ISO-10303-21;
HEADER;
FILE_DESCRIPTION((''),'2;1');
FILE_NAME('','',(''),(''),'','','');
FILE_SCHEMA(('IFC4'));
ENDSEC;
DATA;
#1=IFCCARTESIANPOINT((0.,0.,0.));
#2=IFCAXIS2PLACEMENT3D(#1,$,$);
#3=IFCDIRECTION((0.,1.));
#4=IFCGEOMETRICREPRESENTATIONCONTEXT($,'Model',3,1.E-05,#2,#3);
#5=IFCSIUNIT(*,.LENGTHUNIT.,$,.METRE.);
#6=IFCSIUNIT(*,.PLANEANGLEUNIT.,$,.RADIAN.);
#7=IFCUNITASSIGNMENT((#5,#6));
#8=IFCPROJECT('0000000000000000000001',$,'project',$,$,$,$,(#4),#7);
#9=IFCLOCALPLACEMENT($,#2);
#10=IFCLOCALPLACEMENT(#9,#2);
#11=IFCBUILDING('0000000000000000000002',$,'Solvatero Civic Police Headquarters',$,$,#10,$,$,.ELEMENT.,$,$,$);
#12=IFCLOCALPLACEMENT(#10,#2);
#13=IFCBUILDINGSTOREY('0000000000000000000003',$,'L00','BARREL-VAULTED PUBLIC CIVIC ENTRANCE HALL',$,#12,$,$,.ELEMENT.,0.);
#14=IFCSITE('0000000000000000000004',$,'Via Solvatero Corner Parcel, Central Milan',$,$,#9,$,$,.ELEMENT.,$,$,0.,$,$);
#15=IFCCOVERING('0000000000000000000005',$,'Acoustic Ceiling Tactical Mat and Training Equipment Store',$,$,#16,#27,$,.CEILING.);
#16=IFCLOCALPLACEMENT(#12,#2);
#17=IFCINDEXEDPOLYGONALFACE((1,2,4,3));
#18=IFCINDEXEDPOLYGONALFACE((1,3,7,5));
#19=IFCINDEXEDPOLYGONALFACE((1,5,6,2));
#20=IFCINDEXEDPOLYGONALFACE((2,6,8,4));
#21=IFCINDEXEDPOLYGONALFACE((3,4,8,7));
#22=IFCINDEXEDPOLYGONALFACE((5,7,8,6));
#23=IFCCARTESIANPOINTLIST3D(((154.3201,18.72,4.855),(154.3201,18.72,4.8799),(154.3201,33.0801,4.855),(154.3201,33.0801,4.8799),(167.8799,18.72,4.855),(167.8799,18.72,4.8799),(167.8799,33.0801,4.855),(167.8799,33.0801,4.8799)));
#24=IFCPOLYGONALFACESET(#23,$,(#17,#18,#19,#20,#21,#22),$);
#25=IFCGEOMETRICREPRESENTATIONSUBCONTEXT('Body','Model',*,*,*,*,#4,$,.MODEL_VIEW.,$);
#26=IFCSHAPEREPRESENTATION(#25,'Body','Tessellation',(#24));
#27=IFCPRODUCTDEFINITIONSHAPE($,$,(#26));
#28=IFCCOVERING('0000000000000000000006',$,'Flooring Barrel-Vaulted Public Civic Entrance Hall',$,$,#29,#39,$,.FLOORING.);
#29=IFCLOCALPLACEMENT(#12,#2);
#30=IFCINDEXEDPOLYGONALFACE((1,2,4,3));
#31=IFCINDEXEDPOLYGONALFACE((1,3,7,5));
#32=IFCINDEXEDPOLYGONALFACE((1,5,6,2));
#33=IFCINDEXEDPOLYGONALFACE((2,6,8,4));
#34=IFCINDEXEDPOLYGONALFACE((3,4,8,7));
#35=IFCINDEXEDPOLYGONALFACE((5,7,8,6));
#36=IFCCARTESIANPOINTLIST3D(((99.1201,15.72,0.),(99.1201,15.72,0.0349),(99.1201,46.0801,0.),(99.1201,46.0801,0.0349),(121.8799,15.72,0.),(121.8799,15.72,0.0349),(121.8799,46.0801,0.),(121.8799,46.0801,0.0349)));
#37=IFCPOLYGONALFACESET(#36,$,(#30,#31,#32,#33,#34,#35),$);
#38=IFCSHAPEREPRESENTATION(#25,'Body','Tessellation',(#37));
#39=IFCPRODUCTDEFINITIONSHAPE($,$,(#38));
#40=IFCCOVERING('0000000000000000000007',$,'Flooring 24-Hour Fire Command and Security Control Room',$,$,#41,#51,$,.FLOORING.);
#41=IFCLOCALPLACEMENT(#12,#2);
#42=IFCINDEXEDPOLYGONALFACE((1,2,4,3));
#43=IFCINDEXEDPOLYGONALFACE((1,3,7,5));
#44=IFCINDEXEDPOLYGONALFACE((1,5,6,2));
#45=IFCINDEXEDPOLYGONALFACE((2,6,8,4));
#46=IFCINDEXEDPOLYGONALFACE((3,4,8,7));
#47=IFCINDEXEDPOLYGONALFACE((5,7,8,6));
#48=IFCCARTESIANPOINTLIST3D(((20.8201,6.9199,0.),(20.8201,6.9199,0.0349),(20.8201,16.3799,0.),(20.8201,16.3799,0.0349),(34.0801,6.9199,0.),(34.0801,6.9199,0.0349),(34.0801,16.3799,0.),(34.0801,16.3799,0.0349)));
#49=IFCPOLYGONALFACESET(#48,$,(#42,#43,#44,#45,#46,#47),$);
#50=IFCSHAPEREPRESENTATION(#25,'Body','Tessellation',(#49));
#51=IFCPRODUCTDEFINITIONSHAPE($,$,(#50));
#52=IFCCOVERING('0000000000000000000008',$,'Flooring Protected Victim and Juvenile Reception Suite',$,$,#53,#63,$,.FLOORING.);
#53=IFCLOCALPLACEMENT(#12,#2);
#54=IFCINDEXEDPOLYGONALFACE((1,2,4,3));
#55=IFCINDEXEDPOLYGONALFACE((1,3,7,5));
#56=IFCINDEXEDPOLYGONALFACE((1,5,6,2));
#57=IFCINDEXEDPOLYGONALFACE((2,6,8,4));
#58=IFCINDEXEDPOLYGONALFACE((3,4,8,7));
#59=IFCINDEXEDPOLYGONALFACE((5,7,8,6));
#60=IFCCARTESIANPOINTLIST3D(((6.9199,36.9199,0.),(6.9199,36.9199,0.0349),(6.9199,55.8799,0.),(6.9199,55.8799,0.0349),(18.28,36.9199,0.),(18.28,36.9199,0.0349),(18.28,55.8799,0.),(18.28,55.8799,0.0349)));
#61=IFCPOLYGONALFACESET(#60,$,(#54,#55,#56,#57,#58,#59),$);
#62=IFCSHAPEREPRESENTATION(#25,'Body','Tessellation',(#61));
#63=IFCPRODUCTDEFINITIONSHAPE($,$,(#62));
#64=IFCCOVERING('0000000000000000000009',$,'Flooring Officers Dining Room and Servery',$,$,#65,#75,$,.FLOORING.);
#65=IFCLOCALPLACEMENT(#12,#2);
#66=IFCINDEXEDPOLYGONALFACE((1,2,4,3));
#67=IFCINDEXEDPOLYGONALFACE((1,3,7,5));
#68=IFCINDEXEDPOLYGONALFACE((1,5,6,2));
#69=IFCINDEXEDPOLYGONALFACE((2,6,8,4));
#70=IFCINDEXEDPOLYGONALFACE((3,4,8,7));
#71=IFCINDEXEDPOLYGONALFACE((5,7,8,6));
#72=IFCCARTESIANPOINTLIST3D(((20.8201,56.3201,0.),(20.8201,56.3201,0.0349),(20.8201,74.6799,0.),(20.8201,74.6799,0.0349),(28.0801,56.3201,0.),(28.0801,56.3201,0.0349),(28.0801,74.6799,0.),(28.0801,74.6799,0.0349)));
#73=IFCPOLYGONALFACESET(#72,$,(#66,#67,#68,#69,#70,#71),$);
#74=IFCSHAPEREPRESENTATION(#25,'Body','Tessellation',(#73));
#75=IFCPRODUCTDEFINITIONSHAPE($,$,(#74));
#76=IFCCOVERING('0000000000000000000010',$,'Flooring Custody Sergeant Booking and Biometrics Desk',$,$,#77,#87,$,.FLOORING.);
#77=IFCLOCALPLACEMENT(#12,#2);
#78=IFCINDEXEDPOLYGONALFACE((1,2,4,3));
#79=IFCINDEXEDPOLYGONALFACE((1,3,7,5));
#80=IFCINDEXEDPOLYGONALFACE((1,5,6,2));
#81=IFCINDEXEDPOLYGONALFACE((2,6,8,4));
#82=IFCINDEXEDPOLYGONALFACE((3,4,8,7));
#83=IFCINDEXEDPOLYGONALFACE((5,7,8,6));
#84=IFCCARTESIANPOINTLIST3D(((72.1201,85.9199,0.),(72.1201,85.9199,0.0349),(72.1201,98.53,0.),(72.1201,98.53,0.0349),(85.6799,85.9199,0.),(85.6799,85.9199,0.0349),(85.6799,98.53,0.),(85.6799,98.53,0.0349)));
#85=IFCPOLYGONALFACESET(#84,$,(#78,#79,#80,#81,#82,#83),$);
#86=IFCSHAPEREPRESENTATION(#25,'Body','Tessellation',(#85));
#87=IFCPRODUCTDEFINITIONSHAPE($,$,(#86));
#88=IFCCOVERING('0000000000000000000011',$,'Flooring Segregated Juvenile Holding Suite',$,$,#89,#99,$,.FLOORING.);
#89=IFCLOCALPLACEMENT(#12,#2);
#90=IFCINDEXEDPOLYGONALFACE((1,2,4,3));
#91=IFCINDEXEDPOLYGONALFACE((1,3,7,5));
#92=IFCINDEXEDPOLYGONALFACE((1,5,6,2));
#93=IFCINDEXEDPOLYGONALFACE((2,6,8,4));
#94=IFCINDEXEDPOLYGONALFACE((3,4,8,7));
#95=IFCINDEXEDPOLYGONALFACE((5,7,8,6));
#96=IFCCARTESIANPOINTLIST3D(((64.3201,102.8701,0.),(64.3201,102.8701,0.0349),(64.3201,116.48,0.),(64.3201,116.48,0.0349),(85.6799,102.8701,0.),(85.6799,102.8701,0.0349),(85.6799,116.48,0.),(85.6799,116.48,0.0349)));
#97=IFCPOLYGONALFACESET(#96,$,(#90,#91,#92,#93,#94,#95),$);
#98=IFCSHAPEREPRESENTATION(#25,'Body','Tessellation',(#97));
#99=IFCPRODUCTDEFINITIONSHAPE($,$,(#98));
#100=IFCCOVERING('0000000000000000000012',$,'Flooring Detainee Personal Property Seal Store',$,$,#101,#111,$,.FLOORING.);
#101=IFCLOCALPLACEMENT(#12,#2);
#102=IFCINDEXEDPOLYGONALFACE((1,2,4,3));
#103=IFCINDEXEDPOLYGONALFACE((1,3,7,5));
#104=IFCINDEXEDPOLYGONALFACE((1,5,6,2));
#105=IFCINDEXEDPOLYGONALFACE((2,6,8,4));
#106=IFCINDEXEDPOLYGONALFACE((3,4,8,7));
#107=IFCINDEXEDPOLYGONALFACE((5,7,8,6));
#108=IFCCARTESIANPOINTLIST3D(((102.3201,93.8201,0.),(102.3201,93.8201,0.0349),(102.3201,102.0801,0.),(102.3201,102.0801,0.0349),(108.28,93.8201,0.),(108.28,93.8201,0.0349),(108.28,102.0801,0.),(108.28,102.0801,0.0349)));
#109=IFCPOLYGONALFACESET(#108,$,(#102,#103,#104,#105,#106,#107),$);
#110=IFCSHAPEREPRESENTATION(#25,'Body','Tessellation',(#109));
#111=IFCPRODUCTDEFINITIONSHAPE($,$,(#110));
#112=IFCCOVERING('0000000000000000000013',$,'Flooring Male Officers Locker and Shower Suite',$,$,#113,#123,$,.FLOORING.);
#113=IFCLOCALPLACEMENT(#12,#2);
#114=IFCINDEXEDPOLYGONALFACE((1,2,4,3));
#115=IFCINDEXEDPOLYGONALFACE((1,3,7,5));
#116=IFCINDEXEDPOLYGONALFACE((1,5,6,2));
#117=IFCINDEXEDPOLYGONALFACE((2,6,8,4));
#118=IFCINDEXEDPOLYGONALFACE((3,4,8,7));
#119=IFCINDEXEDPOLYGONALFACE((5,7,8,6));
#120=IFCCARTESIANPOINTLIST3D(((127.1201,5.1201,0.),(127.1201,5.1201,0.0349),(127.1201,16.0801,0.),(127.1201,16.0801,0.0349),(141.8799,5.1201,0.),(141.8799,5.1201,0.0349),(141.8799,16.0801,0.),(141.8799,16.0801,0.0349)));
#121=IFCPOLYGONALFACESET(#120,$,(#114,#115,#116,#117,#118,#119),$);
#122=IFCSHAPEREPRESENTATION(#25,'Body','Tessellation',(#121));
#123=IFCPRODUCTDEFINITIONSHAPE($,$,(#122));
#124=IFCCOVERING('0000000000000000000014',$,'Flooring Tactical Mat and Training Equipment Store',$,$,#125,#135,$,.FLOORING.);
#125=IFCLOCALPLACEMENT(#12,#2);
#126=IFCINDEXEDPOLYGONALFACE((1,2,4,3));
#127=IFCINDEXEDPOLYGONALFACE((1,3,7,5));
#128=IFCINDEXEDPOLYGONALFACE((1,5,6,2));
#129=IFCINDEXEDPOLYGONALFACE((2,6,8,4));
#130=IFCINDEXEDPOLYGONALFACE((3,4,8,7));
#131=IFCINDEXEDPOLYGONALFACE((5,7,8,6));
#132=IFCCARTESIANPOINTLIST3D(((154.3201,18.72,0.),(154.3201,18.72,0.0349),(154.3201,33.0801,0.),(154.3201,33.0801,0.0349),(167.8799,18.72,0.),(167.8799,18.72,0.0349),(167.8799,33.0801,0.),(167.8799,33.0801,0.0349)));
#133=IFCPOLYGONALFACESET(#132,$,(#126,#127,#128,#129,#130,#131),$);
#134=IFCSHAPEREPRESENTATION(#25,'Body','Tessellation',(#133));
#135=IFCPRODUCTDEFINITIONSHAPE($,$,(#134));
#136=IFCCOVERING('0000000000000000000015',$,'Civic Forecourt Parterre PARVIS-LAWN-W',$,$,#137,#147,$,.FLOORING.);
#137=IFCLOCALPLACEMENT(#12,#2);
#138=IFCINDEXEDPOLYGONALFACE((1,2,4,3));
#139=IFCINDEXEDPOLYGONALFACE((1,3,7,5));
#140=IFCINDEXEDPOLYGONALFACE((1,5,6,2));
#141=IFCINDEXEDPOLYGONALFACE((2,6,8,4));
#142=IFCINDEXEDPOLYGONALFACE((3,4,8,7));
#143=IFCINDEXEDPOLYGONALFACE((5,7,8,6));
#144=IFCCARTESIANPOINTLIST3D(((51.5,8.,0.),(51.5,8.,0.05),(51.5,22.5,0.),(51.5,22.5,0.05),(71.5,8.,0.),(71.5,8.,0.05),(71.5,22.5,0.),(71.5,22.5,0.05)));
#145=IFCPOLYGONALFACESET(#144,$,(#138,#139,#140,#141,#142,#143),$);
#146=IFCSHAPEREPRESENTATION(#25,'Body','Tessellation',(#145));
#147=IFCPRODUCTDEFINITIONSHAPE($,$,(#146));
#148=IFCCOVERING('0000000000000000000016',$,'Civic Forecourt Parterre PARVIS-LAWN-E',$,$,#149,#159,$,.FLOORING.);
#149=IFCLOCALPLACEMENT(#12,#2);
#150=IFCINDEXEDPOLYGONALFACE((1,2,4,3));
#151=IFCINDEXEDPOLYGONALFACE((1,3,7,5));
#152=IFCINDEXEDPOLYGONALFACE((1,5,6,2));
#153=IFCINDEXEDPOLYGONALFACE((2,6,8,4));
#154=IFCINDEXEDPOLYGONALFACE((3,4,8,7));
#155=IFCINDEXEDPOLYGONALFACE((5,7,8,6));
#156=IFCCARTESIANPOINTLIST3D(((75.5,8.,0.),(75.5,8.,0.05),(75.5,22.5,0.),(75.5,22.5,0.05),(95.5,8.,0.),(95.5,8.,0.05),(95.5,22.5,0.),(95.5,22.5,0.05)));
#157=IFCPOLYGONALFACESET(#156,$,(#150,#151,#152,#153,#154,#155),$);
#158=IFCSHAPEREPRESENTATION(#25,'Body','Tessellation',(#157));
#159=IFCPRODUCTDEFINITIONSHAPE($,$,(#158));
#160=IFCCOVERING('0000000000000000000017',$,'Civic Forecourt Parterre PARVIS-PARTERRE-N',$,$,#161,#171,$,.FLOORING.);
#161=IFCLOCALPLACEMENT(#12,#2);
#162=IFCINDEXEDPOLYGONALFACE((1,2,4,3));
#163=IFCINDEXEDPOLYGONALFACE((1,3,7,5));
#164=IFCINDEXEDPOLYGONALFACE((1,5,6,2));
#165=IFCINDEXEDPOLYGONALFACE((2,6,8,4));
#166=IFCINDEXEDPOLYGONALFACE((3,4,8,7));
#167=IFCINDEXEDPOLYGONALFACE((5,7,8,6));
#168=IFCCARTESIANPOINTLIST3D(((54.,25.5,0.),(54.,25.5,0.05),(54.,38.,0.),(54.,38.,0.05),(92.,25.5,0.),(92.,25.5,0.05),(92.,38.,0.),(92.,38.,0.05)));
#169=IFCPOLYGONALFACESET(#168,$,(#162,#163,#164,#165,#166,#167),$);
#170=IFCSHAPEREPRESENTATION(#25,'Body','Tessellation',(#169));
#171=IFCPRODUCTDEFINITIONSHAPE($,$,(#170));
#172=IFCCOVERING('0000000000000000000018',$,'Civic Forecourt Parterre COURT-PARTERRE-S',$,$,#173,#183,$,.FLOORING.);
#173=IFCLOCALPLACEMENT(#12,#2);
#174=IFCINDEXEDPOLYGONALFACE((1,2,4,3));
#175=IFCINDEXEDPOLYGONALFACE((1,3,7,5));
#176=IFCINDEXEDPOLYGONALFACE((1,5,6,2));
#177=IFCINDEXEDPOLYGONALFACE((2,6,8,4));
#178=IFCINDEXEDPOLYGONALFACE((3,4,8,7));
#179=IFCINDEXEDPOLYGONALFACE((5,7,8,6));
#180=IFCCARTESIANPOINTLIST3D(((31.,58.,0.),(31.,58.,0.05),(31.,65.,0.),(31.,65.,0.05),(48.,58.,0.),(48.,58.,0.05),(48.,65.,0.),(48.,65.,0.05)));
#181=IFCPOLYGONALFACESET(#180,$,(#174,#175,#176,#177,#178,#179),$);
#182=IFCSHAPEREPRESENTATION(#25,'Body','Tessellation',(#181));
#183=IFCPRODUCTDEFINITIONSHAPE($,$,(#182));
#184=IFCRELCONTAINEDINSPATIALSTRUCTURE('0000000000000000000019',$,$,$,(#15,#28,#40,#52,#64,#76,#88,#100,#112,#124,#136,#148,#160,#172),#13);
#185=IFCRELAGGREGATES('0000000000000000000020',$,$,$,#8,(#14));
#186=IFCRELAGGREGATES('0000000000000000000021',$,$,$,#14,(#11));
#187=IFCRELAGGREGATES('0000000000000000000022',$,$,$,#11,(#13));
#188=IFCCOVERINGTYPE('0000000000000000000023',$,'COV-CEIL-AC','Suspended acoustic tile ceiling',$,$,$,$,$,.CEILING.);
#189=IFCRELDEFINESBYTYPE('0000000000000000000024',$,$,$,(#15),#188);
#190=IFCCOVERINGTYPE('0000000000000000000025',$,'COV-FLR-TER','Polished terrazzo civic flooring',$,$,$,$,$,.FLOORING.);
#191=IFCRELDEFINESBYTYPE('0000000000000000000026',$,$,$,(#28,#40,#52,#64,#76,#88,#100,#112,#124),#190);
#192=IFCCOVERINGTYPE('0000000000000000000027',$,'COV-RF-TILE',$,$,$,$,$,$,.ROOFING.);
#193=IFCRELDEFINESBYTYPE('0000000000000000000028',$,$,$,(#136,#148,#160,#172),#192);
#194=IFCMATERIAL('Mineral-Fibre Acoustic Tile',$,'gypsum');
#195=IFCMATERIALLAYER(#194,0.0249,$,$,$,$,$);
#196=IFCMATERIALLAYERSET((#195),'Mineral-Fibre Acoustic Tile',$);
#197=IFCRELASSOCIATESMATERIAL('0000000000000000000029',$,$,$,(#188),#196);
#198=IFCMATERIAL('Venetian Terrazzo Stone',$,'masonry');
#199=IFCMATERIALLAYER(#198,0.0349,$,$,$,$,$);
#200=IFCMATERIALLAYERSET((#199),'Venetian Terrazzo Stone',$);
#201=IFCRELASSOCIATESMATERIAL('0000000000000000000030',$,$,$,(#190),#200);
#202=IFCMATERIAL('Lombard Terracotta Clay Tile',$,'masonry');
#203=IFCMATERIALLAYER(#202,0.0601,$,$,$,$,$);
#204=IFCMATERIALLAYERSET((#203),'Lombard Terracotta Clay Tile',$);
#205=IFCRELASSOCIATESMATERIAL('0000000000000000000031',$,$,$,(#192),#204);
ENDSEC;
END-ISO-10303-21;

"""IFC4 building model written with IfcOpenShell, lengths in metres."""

from ifc_helpers import new_model, si_unit, direction, frame, origin, place, context, subcontext, project, spatial, polyline, outline, extrude, material, layer, layer_set, type_object, element, save


model = new_model("IFC4")

# Units and contexts
model_context = context("Model", 3, precision=1e-05, world=origin(), true_north=direction((0.0, 1.0)))
body_context = subcontext(model_context, "Body", "Model", "MODEL_VIEW")
ifc_project = project(units=[si_unit("LENGTHUNIT", "METRE"), si_unit("PLANEANGLEUNIT", "RADIAN")], contexts=[model_context])

# Site, building, storey
site_placement = place(None, origin())
site = spatial("IfcSite", under=ifc_project, at=site_placement, Name="Via Solvatero Corner Parcel, Central Milan", CompositionType="ELEMENT", RefElevation=0.0)
building_placement = place(site_placement, origin())
building = spatial("IfcBuilding", under=site, at=building_placement, Name="Solvatero Civic Police Headquarters", CompositionType="ELEMENT")
storey_placement = place(building_placement, origin())
storey = spatial("IfcBuildingStorey", under=building, at=storey_placement, Name="L00", Description="BARREL-VAULTED PUBLIC CIVIC ENTRANCE HALL", CompositionType="ELEMENT", Elevation=0.0)

# Coverings
ifc_material_1 = material(Name="Mineral-Fibre Acoustic Tile", Category="gypsum")
ifc_layer_1 = layer(ifc_material_1, 0.0249)
ifc_layer_set_1 = layer_set([ifc_layer_1], Name="Mineral-Fibre Acoustic Tile")
covering_type_1 = type_object("IfcCoveringType", Name="COV-CEIL-AC", Description="Suspended acoustic tile ceiling", PredefinedType="CEILING", material=ifc_layer_set_1)
covering_1_placement = place(storey_placement, frame((0.0, 0.0, 4.855)))
element("IfcCovering", 1, at=covering_1_placement, inside=storey, type_object=covering_type_1, Name="Acoustic Ceiling Tactical Mat and Training Equipment Store", PredefinedType="CEILING", context=body_context, shape_type="SweptSolid", body=[
    extrude(outline(polyline([(154.3201, 18.72), (154.3201, 33.0801), (167.8799, 33.0801), (167.8799, 18.72), (154.3201, 18.72)])), origin(), (0.0, 0.0, 1.0), 0.0249),
])
ifc_material_2 = material(Name="Venetian Terrazzo Stone", Category="masonry")
ifc_layer_2 = layer(ifc_material_2, 0.0349)
ifc_layer_set_2 = layer_set([ifc_layer_2], Name="Venetian Terrazzo Stone")
covering_type_2 = type_object("IfcCoveringType", Name="COV-FLR-TER", Description="Polished terrazzo civic flooring", PredefinedType="FLOORING", material=ifc_layer_set_2)
covering_2_placement = place(storey_placement, origin())
element("IfcCovering", 2, at=covering_2_placement, inside=storey, type_object=covering_type_2, Name="Flooring Barrel-Vaulted Public Civic Entrance Hall", PredefinedType="FLOORING", context=body_context, shape_type="SweptSolid", body=[
    extrude(outline(polyline([(99.1201, 15.72), (99.1201, 46.0801), (121.8799, 46.0801), (121.8799, 15.72), (99.1201, 15.72)])), origin(), (0.0, 0.0, 1.0), 0.0349),
])
covering_3_placement = place(storey_placement, origin())
element("IfcCovering", 3, at=covering_3_placement, inside=storey, type_object=covering_type_2, Name="Flooring 24-Hour Fire Command and Security Control Room", PredefinedType="FLOORING", context=body_context, shape_type="SweptSolid", body=[
    extrude(outline(polyline([(34.0801, 16.3799), (34.0801, 6.9199), (20.8201, 6.9199), (20.8201, 16.3799), (34.0801, 16.3799)])), origin(), (0.0, 0.0, 1.0), 0.0349),
])
covering_4_placement = place(storey_placement, origin())
element("IfcCovering", 4, at=covering_4_placement, inside=storey, type_object=covering_type_2, Name="Flooring Protected Victim and Juvenile Reception Suite", PredefinedType="FLOORING", context=body_context, shape_type="SweptSolid", body=[
    extrude(outline(polyline([(6.9199, 36.9199), (6.9199, 55.8799), (18.28, 55.8799), (18.28, 36.9199), (6.9199, 36.9199)])), origin(), (0.0, 0.0, 1.0), 0.0349),
])
covering_5_placement = place(storey_placement, origin())
element("IfcCovering", 5, at=covering_5_placement, inside=storey, type_object=covering_type_2, Name="Flooring Officers Dining Room and Servery", PredefinedType="FLOORING", context=body_context, shape_type="SweptSolid", body=[
    extrude(outline(polyline([(28.0801, 74.6799), (28.0801, 56.3201), (20.8201, 56.3201), (20.8201, 74.6799), (28.0801, 74.6799)])), origin(), (0.0, 0.0, 1.0), 0.0349),
])
covering_6_placement = place(storey_placement, origin())
element("IfcCovering", 6, at=covering_6_placement, inside=storey, type_object=covering_type_2, Name="Flooring Custody Sergeant Booking and Biometrics Desk", PredefinedType="FLOORING", context=body_context, shape_type="SweptSolid", body=[
    extrude(outline(polyline([(85.6799, 85.9199), (72.1201, 85.9199), (72.1201, 98.53), (85.6799, 98.53), (85.6799, 85.9199)])), origin(), (0.0, 0.0, 1.0), 0.0349),
])
covering_7_placement = place(storey_placement, origin())
element("IfcCovering", 7, at=covering_7_placement, inside=storey, type_object=covering_type_2, Name="Flooring Segregated Juvenile Holding Suite", PredefinedType="FLOORING", context=body_context, shape_type="SweptSolid", body=[
    extrude(outline(polyline([(85.6799, 102.8701), (64.3201, 102.8701), (64.3201, 116.48), (85.6799, 116.48), (85.6799, 102.8701)])), origin(), (0.0, 0.0, 1.0), 0.0349),
])
covering_8_placement = place(storey_placement, origin())
element("IfcCovering", 8, at=covering_8_placement, inside=storey, type_object=covering_type_2, Name="Flooring Detainee Personal Property Seal Store", PredefinedType="FLOORING", context=body_context, shape_type="SweptSolid", body=[
    extrude(outline(polyline([(108.28, 102.0801), (108.28, 93.8201), (102.3201, 93.8201), (102.3201, 102.0801), (108.28, 102.0801)])), origin(), (0.0, 0.0, 1.0), 0.0349),
])
covering_9_placement = place(storey_placement, origin())
element("IfcCovering", 9, at=covering_9_placement, inside=storey, type_object=covering_type_2, Name="Flooring Male Officers Locker and Shower Suite", PredefinedType="FLOORING", context=body_context, shape_type="SweptSolid", body=[
    extrude(outline(polyline([(127.1201, 5.1201), (127.1201, 16.0801), (141.8799, 16.0801), (141.8799, 5.1201), (127.1201, 5.1201)])), origin(), (0.0, 0.0, 1.0), 0.0349),
])
covering_10_placement = place(storey_placement, origin())
element("IfcCovering", 10, at=covering_10_placement, inside=storey, type_object=covering_type_2, Name="Flooring Tactical Mat and Training Equipment Store", PredefinedType="FLOORING", context=body_context, shape_type="SweptSolid", body=[
    extrude(outline(polyline([(154.3201, 18.72), (154.3201, 33.0801), (167.8799, 33.0801), (167.8799, 18.72), (154.3201, 18.72)])), origin(), (0.0, 0.0, 1.0), 0.0349),
])
ifc_material_3 = material(Name="Lombard Terracotta Clay Tile", Category="masonry")
ifc_layer_3 = layer(ifc_material_3, 0.0601)
ifc_layer_set_3 = layer_set([ifc_layer_3], Name="Lombard Terracotta Clay Tile")
covering_type_3 = type_object("IfcCoveringType", Name="COV-RF-TILE", PredefinedType="ROOFING", material=ifc_layer_set_3)
covering_11_placement = place(storey_placement, origin())
element("IfcCovering", 11, at=covering_11_placement, inside=storey, type_object=covering_type_3, Name="Civic Forecourt Parterre PARVIS-LAWN-W", PredefinedType="FLOORING", context=body_context, shape_type="SweptSolid", body=[
    extrude(outline(polyline([(51.5, 8.0), (71.5, 8.0), (71.5, 22.5), (51.5, 22.5), (51.5, 8.0)])), origin(), (0.0, 0.0, 1.0), 0.05),
])
covering_12_placement = place(storey_placement, origin())
element("IfcCovering", 12, at=covering_12_placement, inside=storey, type_object=covering_type_3, Name="Civic Forecourt Parterre PARVIS-LAWN-E", PredefinedType="FLOORING", context=body_context, shape_type="SweptSolid", body=[
    extrude(outline(polyline([(75.5, 8.0), (95.5, 8.0), (95.5, 22.5), (75.5, 22.5), (75.5, 8.0)])), origin(), (0.0, 0.0, 1.0), 0.05),
])
covering_13_placement = place(storey_placement, origin())
element("IfcCovering", 13, at=covering_13_placement, inside=storey, type_object=covering_type_3, Name="Civic Forecourt Parterre PARVIS-PARTERRE-N", PredefinedType="FLOORING", context=body_context, shape_type="SweptSolid", body=[
    extrude(outline(polyline([(54.0, 25.5), (92.0, 25.5), (92.0, 38.0), (54.0, 38.0), (54.0, 25.5)])), origin(), (0.0, 0.0, 1.0), 0.05),
])
covering_14_placement = place(storey_placement, origin())
element("IfcCovering", 14, at=covering_14_placement, inside=storey, type_object=covering_type_3, Name="Civic Forecourt Parterre COURT-PARTERRE-S", PredefinedType="FLOORING", context=body_context, shape_type="SweptSolid", body=[
    extrude(outline(polyline([(31.0, 58.0), (48.0, 58.0), (48.0, 65.0), (31.0, 65.0), (31.0, 58.0)])), origin(), (0.0, 0.0, 1.0), 0.05),
])

save(model, "model.ifc")
